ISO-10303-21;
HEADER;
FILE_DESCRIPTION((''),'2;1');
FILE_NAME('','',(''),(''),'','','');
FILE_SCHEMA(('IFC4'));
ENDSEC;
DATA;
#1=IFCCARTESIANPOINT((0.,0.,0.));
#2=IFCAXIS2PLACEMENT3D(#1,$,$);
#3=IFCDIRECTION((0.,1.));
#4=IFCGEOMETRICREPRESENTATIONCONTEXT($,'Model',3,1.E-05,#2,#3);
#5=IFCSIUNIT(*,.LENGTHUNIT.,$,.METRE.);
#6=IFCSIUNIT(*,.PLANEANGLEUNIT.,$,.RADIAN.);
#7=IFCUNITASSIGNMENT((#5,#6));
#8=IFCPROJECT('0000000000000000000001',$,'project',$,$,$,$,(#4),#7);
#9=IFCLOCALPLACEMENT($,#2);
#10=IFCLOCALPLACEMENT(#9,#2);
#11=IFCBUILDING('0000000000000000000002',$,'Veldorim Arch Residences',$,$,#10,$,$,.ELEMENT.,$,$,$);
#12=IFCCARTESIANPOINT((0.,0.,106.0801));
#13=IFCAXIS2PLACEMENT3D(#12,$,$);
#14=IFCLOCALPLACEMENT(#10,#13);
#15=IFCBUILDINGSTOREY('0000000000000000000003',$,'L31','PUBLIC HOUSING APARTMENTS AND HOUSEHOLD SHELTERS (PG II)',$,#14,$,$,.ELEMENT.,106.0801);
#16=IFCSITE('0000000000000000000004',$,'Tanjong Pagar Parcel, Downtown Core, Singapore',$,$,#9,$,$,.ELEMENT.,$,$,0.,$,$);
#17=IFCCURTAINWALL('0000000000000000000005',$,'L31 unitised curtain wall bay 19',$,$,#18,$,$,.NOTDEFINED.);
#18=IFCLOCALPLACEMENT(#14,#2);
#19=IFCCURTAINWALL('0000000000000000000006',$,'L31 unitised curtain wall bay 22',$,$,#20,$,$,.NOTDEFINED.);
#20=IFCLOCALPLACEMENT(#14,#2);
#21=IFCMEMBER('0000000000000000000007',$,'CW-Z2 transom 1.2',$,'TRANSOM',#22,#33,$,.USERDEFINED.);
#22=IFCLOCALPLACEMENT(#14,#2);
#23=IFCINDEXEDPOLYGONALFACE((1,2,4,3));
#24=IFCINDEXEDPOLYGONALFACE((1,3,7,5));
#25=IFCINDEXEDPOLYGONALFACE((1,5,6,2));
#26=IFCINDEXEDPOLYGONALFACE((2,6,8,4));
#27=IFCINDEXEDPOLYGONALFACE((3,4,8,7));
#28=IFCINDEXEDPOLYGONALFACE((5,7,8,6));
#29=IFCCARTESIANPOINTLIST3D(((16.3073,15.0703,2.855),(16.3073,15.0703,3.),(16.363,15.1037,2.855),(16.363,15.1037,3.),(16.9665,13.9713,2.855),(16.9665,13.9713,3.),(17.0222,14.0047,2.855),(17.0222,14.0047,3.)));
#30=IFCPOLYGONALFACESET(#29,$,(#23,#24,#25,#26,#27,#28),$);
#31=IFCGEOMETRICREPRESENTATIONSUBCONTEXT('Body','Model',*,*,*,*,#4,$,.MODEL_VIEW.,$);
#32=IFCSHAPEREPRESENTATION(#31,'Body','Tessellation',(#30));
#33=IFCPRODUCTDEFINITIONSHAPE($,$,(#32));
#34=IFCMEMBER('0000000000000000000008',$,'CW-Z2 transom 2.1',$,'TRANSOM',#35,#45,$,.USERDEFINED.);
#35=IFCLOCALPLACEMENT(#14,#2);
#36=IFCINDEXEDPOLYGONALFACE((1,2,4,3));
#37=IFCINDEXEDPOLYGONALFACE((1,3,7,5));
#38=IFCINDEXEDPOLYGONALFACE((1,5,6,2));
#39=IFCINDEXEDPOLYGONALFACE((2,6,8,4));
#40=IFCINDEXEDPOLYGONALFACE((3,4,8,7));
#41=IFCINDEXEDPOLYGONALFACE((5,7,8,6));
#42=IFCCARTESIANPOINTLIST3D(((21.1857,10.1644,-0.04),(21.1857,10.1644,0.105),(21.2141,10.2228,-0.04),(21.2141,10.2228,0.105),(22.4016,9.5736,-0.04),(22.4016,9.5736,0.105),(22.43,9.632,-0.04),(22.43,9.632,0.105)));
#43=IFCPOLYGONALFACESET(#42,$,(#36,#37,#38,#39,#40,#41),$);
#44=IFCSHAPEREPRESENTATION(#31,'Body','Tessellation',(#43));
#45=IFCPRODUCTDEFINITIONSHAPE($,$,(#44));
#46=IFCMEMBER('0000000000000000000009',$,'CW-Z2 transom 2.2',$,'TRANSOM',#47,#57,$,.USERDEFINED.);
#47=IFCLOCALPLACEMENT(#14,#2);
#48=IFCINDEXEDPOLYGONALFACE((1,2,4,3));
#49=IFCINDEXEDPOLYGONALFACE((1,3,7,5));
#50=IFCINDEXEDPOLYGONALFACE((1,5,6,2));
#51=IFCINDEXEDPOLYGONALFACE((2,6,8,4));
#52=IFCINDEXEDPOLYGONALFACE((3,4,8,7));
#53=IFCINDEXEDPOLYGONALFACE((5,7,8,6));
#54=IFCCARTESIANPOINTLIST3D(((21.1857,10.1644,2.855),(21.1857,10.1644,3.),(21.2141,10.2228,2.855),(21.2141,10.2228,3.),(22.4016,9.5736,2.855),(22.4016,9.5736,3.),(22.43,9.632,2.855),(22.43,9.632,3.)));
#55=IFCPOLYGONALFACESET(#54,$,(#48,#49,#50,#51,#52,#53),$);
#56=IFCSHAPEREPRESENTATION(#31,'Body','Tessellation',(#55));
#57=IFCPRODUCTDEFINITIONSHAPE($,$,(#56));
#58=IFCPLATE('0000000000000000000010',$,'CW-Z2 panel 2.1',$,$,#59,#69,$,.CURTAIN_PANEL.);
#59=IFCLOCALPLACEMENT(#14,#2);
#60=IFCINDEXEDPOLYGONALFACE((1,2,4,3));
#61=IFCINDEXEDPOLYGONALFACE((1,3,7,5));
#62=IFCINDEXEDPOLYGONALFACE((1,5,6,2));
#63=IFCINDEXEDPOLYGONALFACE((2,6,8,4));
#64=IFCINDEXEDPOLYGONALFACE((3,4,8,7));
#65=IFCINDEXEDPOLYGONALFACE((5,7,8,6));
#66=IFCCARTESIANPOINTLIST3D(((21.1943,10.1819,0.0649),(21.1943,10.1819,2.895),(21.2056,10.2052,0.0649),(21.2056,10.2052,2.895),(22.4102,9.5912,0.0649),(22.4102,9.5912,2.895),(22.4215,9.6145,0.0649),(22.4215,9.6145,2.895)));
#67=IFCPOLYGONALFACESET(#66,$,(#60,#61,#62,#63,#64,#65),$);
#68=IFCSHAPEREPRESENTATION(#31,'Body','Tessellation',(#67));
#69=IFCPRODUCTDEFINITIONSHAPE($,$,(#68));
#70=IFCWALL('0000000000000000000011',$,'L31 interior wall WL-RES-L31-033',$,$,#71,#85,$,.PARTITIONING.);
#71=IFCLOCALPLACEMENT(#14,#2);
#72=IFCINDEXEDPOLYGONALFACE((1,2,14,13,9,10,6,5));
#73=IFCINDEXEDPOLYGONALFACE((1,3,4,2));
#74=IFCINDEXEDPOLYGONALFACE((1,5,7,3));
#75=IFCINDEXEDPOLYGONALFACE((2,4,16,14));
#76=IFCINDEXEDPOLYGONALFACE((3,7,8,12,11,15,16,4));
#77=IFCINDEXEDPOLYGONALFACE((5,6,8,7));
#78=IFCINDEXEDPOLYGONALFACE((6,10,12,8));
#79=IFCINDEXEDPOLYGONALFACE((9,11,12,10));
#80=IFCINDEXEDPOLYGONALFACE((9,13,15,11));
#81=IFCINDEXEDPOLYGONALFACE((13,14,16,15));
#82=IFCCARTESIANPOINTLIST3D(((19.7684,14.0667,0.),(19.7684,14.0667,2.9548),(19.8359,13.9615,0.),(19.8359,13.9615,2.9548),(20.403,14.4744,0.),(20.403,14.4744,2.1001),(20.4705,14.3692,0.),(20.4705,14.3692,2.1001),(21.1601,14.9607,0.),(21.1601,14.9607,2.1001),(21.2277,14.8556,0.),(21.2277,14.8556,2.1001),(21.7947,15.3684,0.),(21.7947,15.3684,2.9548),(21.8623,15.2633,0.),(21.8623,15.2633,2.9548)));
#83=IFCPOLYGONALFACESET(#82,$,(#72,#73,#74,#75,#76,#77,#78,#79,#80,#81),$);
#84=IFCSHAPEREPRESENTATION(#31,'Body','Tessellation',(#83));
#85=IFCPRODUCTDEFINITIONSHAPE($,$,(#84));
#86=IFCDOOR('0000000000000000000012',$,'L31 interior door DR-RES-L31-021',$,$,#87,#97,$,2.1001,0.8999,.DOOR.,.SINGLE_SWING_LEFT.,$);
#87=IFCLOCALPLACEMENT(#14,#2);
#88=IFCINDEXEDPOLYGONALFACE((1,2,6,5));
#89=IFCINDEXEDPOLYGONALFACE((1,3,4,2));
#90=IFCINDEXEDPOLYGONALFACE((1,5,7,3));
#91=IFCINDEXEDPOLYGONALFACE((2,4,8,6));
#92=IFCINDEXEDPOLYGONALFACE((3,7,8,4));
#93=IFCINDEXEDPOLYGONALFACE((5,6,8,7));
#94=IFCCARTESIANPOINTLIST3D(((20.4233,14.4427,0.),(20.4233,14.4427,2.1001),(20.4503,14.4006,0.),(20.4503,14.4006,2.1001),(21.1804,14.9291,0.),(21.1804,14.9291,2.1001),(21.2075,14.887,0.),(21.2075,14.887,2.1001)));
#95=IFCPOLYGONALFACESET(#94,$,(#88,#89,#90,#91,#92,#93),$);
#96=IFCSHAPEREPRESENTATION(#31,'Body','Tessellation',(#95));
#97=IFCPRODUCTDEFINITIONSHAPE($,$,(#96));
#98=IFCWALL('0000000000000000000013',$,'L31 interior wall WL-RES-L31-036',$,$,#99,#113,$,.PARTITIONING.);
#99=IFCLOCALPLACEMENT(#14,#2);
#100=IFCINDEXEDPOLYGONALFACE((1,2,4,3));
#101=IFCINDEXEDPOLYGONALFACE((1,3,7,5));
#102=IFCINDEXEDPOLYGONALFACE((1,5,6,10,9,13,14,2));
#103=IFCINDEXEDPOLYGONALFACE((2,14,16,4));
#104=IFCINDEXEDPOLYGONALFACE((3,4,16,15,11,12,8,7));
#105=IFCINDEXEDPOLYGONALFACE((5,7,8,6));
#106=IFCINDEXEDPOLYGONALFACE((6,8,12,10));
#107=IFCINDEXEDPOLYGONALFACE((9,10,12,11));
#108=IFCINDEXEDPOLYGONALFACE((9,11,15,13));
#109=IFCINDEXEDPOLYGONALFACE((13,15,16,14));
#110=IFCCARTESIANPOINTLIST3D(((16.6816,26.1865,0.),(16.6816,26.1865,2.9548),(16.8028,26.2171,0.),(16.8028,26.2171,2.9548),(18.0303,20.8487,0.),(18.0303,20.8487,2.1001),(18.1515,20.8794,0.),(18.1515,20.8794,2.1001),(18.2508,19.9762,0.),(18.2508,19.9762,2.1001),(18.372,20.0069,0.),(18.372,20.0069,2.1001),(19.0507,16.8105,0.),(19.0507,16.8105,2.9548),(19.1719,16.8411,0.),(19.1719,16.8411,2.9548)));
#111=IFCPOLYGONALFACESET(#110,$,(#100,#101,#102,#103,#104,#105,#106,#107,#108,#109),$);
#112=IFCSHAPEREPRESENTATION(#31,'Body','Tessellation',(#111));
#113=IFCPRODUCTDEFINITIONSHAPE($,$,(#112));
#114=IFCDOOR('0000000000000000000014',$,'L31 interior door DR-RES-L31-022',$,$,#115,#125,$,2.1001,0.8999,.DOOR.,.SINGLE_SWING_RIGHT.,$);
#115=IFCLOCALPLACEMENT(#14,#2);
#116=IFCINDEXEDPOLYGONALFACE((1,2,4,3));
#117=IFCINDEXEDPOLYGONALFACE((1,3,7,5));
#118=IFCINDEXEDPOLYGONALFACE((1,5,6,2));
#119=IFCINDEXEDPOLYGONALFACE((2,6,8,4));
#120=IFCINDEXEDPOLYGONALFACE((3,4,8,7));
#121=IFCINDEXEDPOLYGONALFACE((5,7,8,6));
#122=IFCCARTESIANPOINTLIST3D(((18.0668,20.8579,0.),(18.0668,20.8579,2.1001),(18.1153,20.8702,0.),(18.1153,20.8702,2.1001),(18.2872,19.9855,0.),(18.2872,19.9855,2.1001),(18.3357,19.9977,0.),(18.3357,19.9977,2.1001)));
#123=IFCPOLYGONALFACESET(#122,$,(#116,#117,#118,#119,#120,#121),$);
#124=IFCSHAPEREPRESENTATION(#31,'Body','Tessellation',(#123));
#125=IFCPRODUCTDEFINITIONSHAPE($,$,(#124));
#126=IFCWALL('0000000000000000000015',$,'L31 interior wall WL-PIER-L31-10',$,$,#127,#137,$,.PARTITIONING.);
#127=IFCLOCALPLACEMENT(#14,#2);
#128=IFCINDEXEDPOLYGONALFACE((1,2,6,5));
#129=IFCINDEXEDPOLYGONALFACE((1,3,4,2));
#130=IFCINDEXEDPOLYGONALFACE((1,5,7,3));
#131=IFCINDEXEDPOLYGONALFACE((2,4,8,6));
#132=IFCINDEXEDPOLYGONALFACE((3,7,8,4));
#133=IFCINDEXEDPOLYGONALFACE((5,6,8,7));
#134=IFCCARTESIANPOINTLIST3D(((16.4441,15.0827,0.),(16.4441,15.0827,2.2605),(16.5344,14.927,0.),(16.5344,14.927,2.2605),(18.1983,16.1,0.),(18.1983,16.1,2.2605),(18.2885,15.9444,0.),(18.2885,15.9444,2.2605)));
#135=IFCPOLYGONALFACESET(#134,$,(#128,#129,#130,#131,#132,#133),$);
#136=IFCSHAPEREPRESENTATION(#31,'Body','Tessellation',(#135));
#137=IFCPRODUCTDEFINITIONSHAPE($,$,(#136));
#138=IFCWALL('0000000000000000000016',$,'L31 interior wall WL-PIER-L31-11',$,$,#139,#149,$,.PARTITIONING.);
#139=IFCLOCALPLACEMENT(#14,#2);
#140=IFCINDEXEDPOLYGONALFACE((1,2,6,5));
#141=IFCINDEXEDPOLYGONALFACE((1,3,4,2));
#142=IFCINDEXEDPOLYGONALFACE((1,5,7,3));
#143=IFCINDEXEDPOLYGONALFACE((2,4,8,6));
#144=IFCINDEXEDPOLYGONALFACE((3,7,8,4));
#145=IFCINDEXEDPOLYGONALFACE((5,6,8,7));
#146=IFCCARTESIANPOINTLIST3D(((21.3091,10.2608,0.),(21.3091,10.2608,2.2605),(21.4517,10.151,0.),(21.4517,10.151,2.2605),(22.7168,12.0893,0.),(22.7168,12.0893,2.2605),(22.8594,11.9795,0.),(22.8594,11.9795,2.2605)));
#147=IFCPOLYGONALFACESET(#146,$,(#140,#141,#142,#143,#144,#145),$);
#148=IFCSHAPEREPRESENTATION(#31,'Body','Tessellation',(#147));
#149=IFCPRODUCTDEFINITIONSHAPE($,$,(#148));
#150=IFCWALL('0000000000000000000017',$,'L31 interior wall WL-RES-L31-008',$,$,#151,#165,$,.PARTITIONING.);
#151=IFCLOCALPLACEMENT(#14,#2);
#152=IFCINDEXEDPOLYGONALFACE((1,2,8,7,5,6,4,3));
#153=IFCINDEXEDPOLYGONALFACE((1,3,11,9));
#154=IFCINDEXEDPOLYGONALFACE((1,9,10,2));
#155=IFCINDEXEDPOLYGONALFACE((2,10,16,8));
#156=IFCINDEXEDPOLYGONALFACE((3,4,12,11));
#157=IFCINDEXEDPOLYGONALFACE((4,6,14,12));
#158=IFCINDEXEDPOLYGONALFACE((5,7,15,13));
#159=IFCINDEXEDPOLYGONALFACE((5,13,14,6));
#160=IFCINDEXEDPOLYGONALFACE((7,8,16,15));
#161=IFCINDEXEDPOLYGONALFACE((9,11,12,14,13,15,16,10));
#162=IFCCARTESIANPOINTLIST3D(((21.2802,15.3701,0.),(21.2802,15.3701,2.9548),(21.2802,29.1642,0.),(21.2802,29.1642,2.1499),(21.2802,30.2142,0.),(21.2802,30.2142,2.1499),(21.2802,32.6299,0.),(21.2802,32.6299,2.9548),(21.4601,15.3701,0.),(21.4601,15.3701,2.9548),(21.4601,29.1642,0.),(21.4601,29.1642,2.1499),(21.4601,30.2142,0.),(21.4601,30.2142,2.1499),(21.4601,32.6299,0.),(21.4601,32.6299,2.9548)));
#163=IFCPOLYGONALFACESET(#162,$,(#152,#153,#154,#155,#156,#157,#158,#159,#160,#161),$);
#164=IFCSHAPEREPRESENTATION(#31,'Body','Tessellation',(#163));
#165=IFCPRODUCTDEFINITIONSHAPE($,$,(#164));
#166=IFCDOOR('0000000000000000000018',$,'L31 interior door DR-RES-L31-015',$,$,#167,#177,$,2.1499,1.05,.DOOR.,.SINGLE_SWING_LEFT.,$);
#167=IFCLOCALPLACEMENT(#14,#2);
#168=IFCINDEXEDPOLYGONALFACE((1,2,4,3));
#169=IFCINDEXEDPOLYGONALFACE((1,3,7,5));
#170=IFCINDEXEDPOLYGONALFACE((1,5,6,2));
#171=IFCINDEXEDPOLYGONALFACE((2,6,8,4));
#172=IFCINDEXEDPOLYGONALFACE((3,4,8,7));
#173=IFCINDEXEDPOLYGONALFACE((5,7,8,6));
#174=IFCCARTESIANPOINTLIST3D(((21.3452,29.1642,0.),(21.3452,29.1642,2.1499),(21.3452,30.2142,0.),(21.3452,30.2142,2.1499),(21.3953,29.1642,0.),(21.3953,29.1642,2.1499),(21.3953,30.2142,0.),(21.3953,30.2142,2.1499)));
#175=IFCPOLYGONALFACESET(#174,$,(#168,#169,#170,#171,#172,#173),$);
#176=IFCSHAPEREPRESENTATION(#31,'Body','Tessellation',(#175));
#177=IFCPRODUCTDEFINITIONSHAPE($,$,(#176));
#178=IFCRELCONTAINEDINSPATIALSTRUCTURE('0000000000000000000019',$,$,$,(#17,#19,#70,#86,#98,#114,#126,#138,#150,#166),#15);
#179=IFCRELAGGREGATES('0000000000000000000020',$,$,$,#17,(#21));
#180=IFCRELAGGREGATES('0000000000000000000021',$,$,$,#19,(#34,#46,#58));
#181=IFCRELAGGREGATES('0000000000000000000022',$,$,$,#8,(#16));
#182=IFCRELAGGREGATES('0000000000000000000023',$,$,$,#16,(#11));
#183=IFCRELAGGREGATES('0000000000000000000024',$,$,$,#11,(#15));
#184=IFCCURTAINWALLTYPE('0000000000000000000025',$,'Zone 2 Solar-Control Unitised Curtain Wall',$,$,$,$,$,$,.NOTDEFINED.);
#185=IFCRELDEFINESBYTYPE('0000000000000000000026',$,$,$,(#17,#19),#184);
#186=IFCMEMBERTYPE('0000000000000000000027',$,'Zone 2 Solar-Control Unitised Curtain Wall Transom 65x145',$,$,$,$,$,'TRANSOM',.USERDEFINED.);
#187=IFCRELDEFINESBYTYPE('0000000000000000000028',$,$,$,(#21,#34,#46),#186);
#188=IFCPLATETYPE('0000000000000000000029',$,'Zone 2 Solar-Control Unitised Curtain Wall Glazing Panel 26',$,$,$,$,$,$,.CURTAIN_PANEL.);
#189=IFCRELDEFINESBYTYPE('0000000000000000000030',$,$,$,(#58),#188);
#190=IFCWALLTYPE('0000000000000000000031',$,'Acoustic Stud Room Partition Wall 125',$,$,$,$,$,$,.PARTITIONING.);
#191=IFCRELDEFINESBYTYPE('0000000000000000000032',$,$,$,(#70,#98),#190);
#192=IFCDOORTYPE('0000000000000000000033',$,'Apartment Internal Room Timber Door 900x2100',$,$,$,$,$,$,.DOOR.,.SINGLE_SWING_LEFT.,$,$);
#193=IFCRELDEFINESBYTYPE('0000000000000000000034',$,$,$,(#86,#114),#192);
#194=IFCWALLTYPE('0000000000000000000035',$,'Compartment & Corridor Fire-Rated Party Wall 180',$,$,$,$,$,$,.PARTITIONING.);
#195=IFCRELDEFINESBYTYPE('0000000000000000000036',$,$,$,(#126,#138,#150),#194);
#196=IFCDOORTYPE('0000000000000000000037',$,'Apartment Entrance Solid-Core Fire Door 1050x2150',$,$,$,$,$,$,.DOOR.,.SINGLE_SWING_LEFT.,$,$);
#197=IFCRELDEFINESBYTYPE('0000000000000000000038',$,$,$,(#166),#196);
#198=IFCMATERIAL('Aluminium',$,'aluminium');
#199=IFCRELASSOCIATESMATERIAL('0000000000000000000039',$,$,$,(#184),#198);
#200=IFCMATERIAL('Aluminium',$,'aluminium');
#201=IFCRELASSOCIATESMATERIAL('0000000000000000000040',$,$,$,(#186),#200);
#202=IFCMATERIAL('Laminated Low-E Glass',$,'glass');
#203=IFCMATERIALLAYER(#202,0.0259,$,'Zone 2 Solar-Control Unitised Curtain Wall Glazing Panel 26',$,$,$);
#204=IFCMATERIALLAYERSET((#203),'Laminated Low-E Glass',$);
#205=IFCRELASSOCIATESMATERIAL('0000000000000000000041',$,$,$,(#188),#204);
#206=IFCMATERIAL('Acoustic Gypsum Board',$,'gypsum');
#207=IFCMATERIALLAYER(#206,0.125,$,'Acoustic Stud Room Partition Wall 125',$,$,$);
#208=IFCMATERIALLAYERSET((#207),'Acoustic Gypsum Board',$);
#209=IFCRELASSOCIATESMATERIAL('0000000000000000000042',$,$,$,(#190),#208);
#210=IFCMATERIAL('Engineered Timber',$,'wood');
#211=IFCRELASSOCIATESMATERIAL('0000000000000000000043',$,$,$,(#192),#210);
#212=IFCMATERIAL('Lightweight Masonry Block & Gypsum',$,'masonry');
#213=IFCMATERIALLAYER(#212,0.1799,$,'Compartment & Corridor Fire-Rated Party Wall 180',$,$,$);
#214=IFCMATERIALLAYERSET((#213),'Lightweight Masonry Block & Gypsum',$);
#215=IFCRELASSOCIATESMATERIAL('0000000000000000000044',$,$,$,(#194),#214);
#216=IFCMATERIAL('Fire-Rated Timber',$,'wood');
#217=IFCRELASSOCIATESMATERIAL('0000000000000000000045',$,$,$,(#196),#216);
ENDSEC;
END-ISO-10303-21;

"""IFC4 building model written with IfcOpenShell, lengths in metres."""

from ifc_helpers import new_model, si_unit, direction, frame, frame_2d, origin, origin_2d, place, context, subcontext, project, spatial, rectangle, extrude, material, layer, layer_set, material_profile, profile_set, type_object, element, fill, aggregate, save


model = new_model("IFC4")

# Units and contexts
model_context = context("Model", 3, precision=1e-05, world=origin(), true_north=direction((0.0, 1.0)))
body_context = subcontext(model_context, "Body", "Model", "MODEL_VIEW")
ifc_project = project(units=[si_unit("LENGTHUNIT", "METRE"), si_unit("PLANEANGLEUNIT", "RADIAN")], contexts=[model_context])

# Site, building, storey
site_placement = place(None, origin())
site = spatial("IfcSite", under=ifc_project, at=site_placement, Name="Tanjong Pagar Parcel, Downtown Core, Singapore", CompositionType="ELEMENT", RefElevation=0.0)
building_placement = place(site_placement, origin())
building = spatial("IfcBuilding", under=site, at=building_placement, Name="Veldorim Arch Residences", CompositionType="ELEMENT")
storey_placement = place(building_placement, frame((0.0, 0.0, 106.0801)))
storey = spatial("IfcBuildingStorey", under=building, at=storey_placement, Name="L31", Description="PUBLIC HOUSING APARTMENTS AND HOUSEHOLD SHELTERS (PG II)", CompositionType="ELEMENT", Elevation=106.0801)

# Curtain wall
ifc_material_1 = material(Name="Aluminium", Category="aluminium")
curtain_wall_type = type_object("IfcCurtainWallType", Name="Zone 2 Solar-Control Unitised Curtain Wall", PredefinedType="NOTDEFINED", material=ifc_material_1)
curtain_wall_1_placement = place(storey_placement, origin())
curtain_wall_1 = element("IfcCurtainWall", 1, at=curtain_wall_1_placement, inside=storey, type_object=curtain_wall_type, Name="L31 unitised curtain wall bay 19", PredefinedType="NOTDEFINED")

# Curtain wall
curtain_wall_2_placement = place(storey_placement, origin())
curtain_wall_2 = element("IfcCurtainWall", 2, at=curtain_wall_2_placement, inside=storey, type_object=curtain_wall_type, Name="L31 unitised curtain wall bay 22", PredefinedType="NOTDEFINED")

# Members
ifc_material_2 = material(Name="Aluminium", Category="aluminium")
ifc_material_profile_1 = material_profile(ifc_material_2, rectangle(XDim=0.0649, YDim=0.145, at=origin_2d()), Name="ALU_TRN_65x145")
ifc_profile_set_1 = profile_set([ifc_material_profile_1], Name="Aluminium")
member_type_1 = type_object("IfcMemberType", Name="Zone 2 Solar-Control Unitised Curtain Wall Transom 65x145", ElementType="TRANSOM", PredefinedType="USERDEFINED", material=ifc_profile_set_1)
member_1_placement = place(storey_placement, frame((16.9944, 13.988, 2.9275), z_axis=(-0.514412, 0.857543, 0.0), x_axis=(-0.857543, -0.514412, 0.0)))
member_1 = element("IfcMember", 3, at=member_1_placement, type_object=member_type_1, Name="CW-Z2 transom 1.2", ObjectType="TRANSOM", PredefinedType="USERDEFINED", context=body_context, shape_type="SweptSolid", body=[
    extrude(rectangle(XDim=0.0649, YDim=0.145, at=origin_2d()), origin(), (0.0, 0.0, 1.0), 1.2815),
])
aggregate(curtain_wall_1, [member_1])
member_2_placement = place(storey_placement, frame((22.4158, 9.6028, 0.0325), z_axis=(-0.899427, 0.437071, 0.0), x_axis=(-0.437071, -0.899427, 0.0)))
member_2 = element("IfcMember", 4, at=member_2_placement, type_object=member_type_1, Name="CW-Z2 transom 2.1", ObjectType="TRANSOM", PredefinedType="USERDEFINED", context=body_context, shape_type="SweptSolid", body=[
    extrude(rectangle(XDim=0.0649, YDim=0.145, at=origin_2d()), origin(), (0.0, 0.0, 1.0), 1.3518),
])
member_3_placement = place(storey_placement, frame((22.4158, 9.6028, 2.9275), z_axis=(-0.899427, 0.437071, 0.0), x_axis=(-0.437071, -0.899427, 0.0)))
member_3 = element("IfcMember", 5, at=member_3_placement, type_object=member_type_1, Name="CW-Z2 transom 2.2", ObjectType="TRANSOM", PredefinedType="USERDEFINED", context=body_context, shape_type="SweptSolid", body=[
    extrude(rectangle(XDim=0.0649, YDim=0.145, at=origin_2d()), origin(), (0.0, 0.0, 1.0), 1.3518),
])

# Plate
ifc_material_3 = material(Name="Laminated Low-E Glass", Category="glass")
ifc_layer_1 = layer(ifc_material_3, 0.0259, Name="Zone 2 Solar-Control Unitised Curtain Wall Glazing Panel 26")
ifc_layer_set_1 = layer_set([ifc_layer_1], Name="Laminated Low-E Glass")
plate_type = type_object("IfcPlateType", Name="Zone 2 Solar-Control Unitised Curtain Wall Glazing Panel 26", PredefinedType="CURTAIN_PANEL", material=ifc_layer_set_1)
plate_placement = place(storey_placement, frame((21.8079, 9.8982, 0.0649), z_axis=(0.0, 0.0, 1.0), x_axis=(-0.899462, 0.437, 0.0)))
plate = element("IfcPlate", 6, at=plate_placement, type_object=plate_type, Name="CW-Z2 panel 2.1", PredefinedType="CURTAIN_PANEL", context=body_context, shape_type="SweptSolid", body=[
    extrude(rectangle(XDim=1.3518, YDim=0.0259, at=origin_2d()), origin(), (0.0, 0.0, 1.0), 2.8301),
])
aggregate(curtain_wall_2, [member_2, member_3, plate])

# Walls, openings, doors
ifc_material_4 = material(Name="Acoustic Gypsum Board", Category="gypsum")
ifc_layer_2 = layer(ifc_material_4, 0.125, Name="Acoustic Stud Room Partition Wall 125")
ifc_layer_set_2 = layer_set([ifc_layer_2], Name="Acoustic Gypsum Board")
wall_type_1 = type_object("IfcWallType", Name="Acoustic Stud Room Partition Wall 125", PredefinedType="PARTITIONING", material=ifc_layer_set_2)
wall_1_placement = place(storey_placement, frame((19.8022, 14.0142, 0.0), z_axis=(0.0, 0.0, 1.0), x_axis=(0.84135, 0.540491, 0.0)))
wall_1 = element("IfcWall", 7, at=wall_1_placement, inside=storey, type_object=wall_type_1, Name="L31 interior wall WL-RES-L31-033", PredefinedType="PARTITIONING", context=body_context, shape_type="SweptSolid", body=[
    extrude(rectangle(XDim=2.4084, YDim=0.125, at=frame_2d((1.2041, 0.0))), origin(), (0.0, 0.0, 1.0), 2.9548),
])
opening_1_placement = place(wall_1_placement, frame((0.7542, 0.0, 0.0)))
opening_1 = element("IfcOpeningElement", 8, at=opening_1_placement, cuts=wall_1, PredefinedType="OPENING", context=body_context, shape_type="SweptSolid", body=[
    extrude(rectangle(XDim=0.8999, YDim=2.1001, at=frame_2d((0.45, 1.05))), frame((0.0, 0.0725, 0.0), z_axis=(0.0, -1.0, 0.0), x_axis=(1.0, 0.0, 0.0)), (0.0, 0.0, 1.0), 0.145),
])
ifc_material_5 = material(Name="Engineered Timber", Category="wood")
door_type_1 = type_object("IfcDoorType", Name="Apartment Internal Room Timber Door 900x2100", OperationType="SINGLE_SWING_LEFT", PredefinedType="DOOR", material=ifc_material_5)
door_1_placement = place(opening_1_placement, origin())
door_1 = element("IfcDoor", 9, at=door_1_placement, inside=storey, type_object=door_type_1, Name="L31 interior door DR-RES-L31-021", OperationType="SINGLE_SWING_LEFT", OverallHeight=2.1001, OverallWidth=0.8999, PredefinedType="DOOR", context=body_context, shape_type="SweptSolid", body=[
    extrude(rectangle(XDim=0.8999, YDim=2.1001, at=frame_2d((0.45, 1.05))), frame((0.0, 0.0249, 0.0), z_axis=(0.0, -1.0, 0.0), x_axis=(1.0, 0.0, 0.0)), (0.0, 0.0, 1.0), 0.05),
])
fill(opening_1, door_1)
wall_2_placement = place(storey_placement, frame((19.1113, 16.8257, 0.0), z_axis=(0.0, 0.0, 1.0), x_axis=(-0.244982, 0.969528, 0.0)))
wall_2 = element("IfcWall", 10, at=wall_2_placement, inside=storey, type_object=wall_type_1, Name="L31 interior wall WL-RES-L31-036", PredefinedType="PARTITIONING", context=body_context, shape_type="SweptSolid", body=[
    extrude(rectangle(XDim=9.6707, YDim=0.125, at=frame_2d((4.8354, 0.0))), origin(), (0.0, 0.0, 1.0), 2.9548),
])
opening_2_placement = place(wall_2_placement, frame((3.2654, 0.0, 0.0)))
opening_2 = element("IfcOpeningElement", 11, at=opening_2_placement, cuts=wall_2, PredefinedType="OPENING", context=body_context, shape_type="SweptSolid", body=[
    extrude(rectangle(XDim=0.8999, YDim=2.1001, at=frame_2d((0.45, 1.05))), frame((0.0, 0.0725, 0.0), z_axis=(0.0, -1.0, 0.0), x_axis=(1.0, 0.0, 0.0)), (0.0, 0.0, 1.0), 0.145),
])
door_2_placement = place(opening_2_placement, origin())
door_2 = element("IfcDoor", 12, at=door_2_placement, inside=storey, type_object=door_type_1, Name="L31 interior door DR-RES-L31-022", OperationType="SINGLE_SWING_RIGHT", OverallHeight=2.1001, OverallWidth=0.8999, PredefinedType="DOOR", context=body_context, shape_type="SweptSolid", body=[
    extrude(rectangle(XDim=0.8999, YDim=2.1001, at=frame_2d((0.45, 1.05))), frame((0.0, 0.0249, 0.0), z_axis=(0.0, -1.0, 0.0), x_axis=(1.0, 0.0, 0.0)), (0.0, 0.0, 1.0), 0.05),
])
fill(opening_2, door_2)

# Walls
ifc_material_6 = material(Name="Lightweight Masonry Block & Gypsum", Category="masonry")
ifc_layer_3 = layer(ifc_material_6, 0.1799, Name="Compartment & Corridor Fire-Rated Party Wall 180")
ifc_layer_set_3 = layer_set([ifc_layer_3], Name="Lightweight Masonry Block & Gypsum")
wall_type_2 = type_object("IfcWallType", Name="Compartment & Corridor Fire-Rated Party Wall 180", PredefinedType="PARTITIONING", material=ifc_layer_set_3)
wall_3_placement = place(storey_placement, frame((18.2434, 16.0222, 0.0), z_axis=(0.0, 0.0, 1.0), x_axis=(-0.865047, -0.501691, 0.0)))
element("IfcWall", 13, at=wall_3_placement, inside=storey, type_object=wall_type_2, Name="L31 interior wall WL-PIER-L31-10", PredefinedType="PARTITIONING", context=body_context, shape_type="SweptSolid", body=[
    extrude(rectangle(XDim=2.0278, YDim=0.1799, at=frame_2d((1.0139, 0.0))), origin(), (0.0, 0.0, 1.0), 2.2605),
])
wall_4_placement = place(storey_placement, frame((22.7881, 12.0344, 0.0), z_axis=(0.0, 0.0, 1.0), x_axis=(-0.610007, -0.792396, 0.0)))
element("IfcWall", 14, at=wall_4_placement, inside=storey, type_object=wall_type_2, Name="L31 interior wall WL-PIER-L31-11", PredefinedType="PARTITIONING", context=body_context, shape_type="SweptSolid", body=[
    extrude(rectangle(XDim=2.3076, YDim=0.1799, at=frame_2d((1.1538, 0.0))), origin(), (0.0, 0.0, 1.0), 2.2605),
])

# Wall, opening, door
wall_5_placement = place(storey_placement, frame((21.3701, 15.3701, 0.0), z_axis=(0.0, 0.0, 1.0), x_axis=(0.0, 1.0, 0.0)))
wall_5 = element("IfcWall", 15, at=wall_5_placement, inside=storey, type_object=wall_type_2, Name="L31 interior wall WL-RES-L31-008", PredefinedType="PARTITIONING", context=body_context, shape_type="SweptSolid", body=[
    extrude(rectangle(XDim=17.2598, YDim=0.1799, at=frame_2d((8.6299, 0.0))), origin(), (0.0, 0.0, 1.0), 2.9548),
])
opening_3_placement = place(wall_5_placement, frame((13.7942, 0.0, 0.0)))
opening_3 = element("IfcOpeningElement", 16, at=opening_3_placement, cuts=wall_5, PredefinedType="OPENING", context=body_context, shape_type="SweptSolid", body=[
    extrude(rectangle(XDim=1.05, YDim=2.1499, at=frame_2d((0.5249, 1.075))), frame((0.0, 0.0999, 0.0), z_axis=(0.0, -1.0, 0.0), x_axis=(1.0, 0.0, 0.0)), (0.0, 0.0, 1.0), 0.2),
])
ifc_material_7 = material(Name="Fire-Rated Timber", Category="wood")
door_type_2 = type_object("IfcDoorType", Name="Apartment Entrance Solid-Core Fire Door 1050x2150", OperationType="SINGLE_SWING_LEFT", PredefinedType="DOOR", material=ifc_material_7)
door_3_placement = place(opening_3_placement, origin())
door_3 = element("IfcDoor", 17, at=door_3_placement, inside=storey, type_object=door_type_2, Name="L31 interior door DR-RES-L31-015", OperationType="SINGLE_SWING_LEFT", OverallHeight=2.1499, OverallWidth=1.05, PredefinedType="DOOR", context=body_context, shape_type="SweptSolid", body=[
    extrude(rectangle(XDim=1.05, YDim=2.1499, at=frame_2d((0.5249, 1.075))), frame((0.0, 0.0249, 0.0), z_axis=(0.0, -1.0, 0.0), x_axis=(1.0, 0.0, 0.0)), (0.0, 0.0, 1.0), 0.05),
])
fill(opening_3, door_3)

save(model, "model.ifc")
